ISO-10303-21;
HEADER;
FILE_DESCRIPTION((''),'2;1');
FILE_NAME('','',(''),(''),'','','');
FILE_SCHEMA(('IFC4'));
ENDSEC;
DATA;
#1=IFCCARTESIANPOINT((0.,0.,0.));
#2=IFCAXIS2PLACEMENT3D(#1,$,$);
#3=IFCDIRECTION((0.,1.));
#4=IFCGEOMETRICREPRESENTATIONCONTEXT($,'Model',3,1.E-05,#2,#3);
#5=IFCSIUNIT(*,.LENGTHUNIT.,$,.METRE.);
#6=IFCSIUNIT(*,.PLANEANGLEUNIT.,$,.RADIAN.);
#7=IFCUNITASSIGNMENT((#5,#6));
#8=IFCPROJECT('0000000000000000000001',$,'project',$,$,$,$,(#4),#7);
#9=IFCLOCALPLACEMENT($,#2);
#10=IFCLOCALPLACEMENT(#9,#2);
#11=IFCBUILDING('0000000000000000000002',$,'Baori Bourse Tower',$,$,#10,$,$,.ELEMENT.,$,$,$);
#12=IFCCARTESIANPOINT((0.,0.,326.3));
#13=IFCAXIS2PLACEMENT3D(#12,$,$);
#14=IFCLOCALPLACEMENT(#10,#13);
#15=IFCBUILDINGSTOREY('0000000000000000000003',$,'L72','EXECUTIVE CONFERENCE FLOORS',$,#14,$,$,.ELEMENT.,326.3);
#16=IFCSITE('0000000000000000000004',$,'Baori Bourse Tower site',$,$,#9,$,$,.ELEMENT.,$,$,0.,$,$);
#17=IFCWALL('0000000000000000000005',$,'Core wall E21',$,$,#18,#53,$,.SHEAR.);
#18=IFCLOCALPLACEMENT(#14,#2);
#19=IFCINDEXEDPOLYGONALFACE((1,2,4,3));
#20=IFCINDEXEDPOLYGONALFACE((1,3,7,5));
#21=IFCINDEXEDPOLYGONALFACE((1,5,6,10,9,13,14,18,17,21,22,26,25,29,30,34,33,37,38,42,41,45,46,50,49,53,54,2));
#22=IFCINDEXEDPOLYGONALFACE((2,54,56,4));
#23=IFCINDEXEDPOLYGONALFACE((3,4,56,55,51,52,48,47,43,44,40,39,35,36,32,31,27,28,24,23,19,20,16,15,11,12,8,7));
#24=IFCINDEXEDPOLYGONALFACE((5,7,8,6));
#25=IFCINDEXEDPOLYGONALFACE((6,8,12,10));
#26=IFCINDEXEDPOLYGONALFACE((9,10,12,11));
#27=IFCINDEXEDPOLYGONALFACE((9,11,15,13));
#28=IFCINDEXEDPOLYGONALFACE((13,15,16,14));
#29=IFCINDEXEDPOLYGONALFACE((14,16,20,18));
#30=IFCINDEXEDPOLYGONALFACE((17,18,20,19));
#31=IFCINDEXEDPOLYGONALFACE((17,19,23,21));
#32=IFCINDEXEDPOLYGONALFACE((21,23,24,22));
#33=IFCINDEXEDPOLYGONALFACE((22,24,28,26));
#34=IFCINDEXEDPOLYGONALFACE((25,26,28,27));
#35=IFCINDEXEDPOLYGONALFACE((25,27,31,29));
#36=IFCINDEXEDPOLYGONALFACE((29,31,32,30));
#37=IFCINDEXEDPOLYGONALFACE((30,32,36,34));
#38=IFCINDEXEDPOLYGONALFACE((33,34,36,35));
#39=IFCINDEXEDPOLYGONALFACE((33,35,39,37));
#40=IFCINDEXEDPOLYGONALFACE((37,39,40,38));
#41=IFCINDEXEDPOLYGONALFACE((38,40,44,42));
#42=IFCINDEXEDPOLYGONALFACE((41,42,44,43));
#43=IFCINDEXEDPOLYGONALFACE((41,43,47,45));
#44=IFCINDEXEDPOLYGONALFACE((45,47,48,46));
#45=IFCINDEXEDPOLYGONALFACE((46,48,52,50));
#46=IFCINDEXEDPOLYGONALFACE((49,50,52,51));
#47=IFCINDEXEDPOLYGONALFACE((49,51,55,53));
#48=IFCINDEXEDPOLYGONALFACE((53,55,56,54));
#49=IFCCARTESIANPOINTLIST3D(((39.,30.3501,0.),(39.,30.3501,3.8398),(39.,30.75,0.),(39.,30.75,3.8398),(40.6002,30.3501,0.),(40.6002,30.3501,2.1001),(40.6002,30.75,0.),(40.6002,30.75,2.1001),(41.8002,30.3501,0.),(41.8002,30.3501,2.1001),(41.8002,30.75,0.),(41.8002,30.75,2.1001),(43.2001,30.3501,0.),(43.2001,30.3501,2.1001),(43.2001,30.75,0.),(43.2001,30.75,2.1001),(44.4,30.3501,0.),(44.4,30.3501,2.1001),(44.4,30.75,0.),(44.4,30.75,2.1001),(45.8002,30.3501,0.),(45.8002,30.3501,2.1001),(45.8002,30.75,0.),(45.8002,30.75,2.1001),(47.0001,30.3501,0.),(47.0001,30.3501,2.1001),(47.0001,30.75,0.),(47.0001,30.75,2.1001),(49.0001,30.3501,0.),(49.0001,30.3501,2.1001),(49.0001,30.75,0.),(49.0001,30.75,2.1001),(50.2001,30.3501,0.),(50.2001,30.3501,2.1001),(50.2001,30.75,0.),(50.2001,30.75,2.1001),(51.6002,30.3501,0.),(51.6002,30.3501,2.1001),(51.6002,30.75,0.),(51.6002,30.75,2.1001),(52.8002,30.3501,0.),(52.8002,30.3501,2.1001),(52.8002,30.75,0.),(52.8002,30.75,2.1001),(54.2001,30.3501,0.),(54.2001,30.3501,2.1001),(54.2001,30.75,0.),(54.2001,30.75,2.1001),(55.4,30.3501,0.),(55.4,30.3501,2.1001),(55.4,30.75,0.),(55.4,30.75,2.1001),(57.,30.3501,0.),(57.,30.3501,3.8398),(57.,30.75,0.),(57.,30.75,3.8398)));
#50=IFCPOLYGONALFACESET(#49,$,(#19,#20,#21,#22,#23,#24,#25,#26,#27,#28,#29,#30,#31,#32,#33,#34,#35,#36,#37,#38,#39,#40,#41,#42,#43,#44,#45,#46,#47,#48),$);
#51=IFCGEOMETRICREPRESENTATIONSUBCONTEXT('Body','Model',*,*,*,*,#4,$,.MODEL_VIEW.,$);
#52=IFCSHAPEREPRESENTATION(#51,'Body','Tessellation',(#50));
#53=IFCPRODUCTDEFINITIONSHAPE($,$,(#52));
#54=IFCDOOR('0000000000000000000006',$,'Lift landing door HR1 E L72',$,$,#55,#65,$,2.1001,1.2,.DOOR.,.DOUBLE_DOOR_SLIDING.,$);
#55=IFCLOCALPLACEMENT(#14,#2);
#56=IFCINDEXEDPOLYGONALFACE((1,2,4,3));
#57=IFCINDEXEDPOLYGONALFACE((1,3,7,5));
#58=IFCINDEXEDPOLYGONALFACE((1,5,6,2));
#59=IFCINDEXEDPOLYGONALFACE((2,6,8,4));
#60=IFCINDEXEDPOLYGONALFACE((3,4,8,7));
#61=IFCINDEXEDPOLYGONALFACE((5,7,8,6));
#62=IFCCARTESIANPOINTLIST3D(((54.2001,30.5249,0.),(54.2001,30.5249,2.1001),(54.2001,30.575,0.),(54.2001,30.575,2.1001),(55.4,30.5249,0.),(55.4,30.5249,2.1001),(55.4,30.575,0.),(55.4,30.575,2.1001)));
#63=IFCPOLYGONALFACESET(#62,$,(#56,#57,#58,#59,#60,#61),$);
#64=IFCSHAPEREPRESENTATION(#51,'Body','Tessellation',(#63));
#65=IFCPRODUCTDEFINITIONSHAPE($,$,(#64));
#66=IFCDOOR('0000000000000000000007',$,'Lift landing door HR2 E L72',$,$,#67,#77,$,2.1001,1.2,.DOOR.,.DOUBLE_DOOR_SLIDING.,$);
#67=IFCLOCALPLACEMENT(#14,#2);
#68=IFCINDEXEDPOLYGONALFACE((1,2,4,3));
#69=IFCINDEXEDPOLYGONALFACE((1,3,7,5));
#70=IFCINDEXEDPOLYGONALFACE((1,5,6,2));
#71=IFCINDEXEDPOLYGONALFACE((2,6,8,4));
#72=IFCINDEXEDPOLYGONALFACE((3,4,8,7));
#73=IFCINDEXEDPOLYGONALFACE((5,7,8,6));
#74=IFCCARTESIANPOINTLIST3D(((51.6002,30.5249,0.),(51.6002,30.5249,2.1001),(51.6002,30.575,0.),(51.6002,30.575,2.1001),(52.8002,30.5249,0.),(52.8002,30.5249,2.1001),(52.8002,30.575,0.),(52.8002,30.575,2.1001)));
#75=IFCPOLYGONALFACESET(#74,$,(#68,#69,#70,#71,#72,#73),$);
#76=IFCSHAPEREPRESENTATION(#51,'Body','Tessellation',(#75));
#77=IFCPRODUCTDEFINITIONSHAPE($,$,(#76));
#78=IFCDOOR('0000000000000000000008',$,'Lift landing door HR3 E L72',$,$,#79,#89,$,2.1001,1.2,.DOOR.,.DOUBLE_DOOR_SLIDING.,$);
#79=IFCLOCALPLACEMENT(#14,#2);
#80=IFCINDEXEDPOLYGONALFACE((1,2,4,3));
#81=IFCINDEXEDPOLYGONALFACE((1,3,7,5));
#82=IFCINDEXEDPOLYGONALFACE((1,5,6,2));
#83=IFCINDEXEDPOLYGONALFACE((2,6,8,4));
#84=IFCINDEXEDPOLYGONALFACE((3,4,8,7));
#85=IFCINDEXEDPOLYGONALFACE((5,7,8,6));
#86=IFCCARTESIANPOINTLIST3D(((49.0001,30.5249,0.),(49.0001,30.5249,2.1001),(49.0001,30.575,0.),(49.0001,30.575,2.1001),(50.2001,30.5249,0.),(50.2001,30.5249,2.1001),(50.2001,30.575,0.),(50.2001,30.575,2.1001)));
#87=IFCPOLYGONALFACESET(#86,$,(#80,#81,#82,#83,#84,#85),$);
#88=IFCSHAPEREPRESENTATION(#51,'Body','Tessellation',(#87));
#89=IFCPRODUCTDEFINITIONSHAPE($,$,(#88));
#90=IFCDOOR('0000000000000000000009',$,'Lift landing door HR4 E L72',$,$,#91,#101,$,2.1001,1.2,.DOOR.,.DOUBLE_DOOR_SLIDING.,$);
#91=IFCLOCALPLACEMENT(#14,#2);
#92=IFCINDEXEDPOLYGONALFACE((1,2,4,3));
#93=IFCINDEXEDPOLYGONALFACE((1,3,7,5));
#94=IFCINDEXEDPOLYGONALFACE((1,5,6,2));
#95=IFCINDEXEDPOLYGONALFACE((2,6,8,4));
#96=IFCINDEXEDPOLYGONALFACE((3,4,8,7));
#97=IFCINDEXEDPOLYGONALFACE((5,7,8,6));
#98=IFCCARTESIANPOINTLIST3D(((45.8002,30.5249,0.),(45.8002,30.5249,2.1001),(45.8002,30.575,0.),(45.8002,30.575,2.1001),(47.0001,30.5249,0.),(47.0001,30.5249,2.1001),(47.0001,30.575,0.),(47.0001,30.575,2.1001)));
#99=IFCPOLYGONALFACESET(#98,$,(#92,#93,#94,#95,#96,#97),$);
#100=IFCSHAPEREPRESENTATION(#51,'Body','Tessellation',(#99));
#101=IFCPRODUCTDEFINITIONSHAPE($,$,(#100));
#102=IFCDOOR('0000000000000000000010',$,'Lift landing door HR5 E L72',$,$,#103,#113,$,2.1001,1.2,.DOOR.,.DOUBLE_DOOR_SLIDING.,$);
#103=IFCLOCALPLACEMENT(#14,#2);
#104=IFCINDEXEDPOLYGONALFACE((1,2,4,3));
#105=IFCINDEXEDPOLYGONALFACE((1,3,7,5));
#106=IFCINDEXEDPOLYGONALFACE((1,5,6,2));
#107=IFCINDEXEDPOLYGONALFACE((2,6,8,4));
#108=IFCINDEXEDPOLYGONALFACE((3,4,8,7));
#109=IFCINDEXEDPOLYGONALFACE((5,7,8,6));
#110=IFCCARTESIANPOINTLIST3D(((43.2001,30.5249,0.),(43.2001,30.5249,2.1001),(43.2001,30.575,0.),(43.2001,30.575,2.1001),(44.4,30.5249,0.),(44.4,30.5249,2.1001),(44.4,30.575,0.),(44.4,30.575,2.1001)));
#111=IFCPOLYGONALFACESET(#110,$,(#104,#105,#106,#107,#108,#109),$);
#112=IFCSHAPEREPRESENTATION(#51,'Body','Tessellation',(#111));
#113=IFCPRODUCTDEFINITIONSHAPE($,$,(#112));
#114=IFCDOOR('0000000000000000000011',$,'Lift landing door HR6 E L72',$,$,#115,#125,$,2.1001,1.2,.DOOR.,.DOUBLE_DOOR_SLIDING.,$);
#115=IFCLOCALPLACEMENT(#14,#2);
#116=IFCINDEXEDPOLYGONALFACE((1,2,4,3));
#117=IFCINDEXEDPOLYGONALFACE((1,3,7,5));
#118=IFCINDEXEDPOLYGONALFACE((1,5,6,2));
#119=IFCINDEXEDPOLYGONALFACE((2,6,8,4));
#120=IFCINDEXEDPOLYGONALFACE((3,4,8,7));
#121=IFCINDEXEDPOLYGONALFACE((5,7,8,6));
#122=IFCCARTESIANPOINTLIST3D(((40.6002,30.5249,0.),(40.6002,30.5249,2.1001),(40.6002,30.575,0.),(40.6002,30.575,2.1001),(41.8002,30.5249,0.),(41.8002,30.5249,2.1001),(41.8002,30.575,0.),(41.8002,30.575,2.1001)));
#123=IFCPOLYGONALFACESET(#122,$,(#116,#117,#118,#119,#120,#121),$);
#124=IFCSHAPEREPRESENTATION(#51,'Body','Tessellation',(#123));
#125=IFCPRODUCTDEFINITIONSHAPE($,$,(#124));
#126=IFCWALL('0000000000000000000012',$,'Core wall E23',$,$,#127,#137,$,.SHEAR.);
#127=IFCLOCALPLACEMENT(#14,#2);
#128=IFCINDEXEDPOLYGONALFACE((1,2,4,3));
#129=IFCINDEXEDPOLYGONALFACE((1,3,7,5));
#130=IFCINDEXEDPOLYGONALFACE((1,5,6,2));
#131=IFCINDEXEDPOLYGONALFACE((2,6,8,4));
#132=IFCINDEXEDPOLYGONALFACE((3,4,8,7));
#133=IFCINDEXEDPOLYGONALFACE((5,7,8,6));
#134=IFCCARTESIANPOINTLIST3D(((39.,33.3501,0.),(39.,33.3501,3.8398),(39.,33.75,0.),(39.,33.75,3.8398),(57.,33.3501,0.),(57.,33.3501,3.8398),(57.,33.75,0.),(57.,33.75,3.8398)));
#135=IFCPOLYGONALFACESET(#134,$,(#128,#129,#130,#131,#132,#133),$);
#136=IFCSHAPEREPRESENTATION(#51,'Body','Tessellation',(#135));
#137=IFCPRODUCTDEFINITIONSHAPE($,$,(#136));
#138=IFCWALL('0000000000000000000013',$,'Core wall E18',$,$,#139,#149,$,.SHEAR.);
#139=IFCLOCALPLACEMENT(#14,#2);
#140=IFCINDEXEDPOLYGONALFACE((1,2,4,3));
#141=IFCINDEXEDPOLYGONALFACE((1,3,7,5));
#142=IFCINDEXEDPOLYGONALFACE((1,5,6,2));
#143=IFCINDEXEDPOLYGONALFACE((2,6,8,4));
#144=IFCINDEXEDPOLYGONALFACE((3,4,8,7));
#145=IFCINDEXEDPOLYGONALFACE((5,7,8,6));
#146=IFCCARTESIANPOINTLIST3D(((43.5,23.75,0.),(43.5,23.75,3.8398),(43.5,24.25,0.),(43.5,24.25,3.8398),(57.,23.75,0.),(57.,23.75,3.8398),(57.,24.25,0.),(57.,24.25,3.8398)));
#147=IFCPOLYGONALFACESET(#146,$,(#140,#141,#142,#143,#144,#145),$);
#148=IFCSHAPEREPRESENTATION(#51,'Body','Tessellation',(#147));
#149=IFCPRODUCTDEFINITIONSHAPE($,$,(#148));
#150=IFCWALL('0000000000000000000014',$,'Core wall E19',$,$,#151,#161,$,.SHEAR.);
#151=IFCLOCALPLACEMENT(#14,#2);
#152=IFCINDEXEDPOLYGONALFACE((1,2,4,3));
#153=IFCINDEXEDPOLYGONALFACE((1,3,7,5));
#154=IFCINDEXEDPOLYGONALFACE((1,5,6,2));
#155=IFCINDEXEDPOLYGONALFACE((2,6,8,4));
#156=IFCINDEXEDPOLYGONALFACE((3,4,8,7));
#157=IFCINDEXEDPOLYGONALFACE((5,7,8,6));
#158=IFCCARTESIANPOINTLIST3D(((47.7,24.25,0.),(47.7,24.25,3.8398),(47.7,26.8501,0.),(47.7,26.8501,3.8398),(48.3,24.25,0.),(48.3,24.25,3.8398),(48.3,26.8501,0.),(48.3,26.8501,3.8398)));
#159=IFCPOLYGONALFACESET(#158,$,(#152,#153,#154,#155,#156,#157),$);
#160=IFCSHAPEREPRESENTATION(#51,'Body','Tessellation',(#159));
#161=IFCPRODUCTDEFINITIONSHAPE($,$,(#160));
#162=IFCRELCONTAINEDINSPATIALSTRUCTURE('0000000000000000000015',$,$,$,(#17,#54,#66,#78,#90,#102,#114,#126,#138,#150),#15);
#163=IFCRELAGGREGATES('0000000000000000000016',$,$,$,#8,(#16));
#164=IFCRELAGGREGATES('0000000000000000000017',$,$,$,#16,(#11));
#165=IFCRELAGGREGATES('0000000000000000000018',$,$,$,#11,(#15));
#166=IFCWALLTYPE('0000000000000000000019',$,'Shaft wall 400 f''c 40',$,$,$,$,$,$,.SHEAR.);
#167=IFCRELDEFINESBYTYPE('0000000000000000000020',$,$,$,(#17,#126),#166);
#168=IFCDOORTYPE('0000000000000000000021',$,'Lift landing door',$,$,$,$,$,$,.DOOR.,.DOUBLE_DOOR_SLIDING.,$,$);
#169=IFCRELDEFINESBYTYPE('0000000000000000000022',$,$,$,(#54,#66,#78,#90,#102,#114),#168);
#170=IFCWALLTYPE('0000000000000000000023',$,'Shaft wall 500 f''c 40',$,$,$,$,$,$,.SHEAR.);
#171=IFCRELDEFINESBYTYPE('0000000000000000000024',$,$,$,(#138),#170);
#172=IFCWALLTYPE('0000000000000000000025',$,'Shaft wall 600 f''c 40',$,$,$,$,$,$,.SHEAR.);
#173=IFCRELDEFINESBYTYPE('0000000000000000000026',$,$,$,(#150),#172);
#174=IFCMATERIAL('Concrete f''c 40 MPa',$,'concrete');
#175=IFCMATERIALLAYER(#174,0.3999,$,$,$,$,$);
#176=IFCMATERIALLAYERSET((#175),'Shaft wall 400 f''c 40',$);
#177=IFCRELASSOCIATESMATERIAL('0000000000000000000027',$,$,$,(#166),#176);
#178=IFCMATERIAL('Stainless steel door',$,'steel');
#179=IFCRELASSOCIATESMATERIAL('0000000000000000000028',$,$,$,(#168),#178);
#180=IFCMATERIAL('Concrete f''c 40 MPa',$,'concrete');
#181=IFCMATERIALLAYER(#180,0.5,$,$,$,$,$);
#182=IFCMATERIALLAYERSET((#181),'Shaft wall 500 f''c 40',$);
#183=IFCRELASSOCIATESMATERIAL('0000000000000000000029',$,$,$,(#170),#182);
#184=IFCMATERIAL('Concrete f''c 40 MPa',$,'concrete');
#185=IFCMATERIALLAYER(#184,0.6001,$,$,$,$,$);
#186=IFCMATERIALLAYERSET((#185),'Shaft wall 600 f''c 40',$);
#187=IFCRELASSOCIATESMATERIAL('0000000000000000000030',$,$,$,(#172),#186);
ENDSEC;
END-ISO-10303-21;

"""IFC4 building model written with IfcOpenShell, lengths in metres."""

from ifc_helpers import new_model, si_unit, direction, frame, frame_2d, origin, place, context, subcontext, project, spatial, rectangle, extrude, material, layer, layer_set, type_object, element, fill, save


model = new_model("IFC4")

# Units and contexts
model_context = context("Model", 3, precision=1e-05, world=origin(), true_north=direction((0.0, 1.0)))
body_context = subcontext(model_context, "Body", "Model", "MODEL_VIEW")
ifc_project = project(units=[si_unit("LENGTHUNIT", "METRE"), si_unit("PLANEANGLEUNIT", "RADIAN")], contexts=[model_context])

# Site, building, storey
site_placement = place(None, origin())
site = spatial("IfcSite", under=ifc_project, at=site_placement, Name="Baori Bourse Tower site", CompositionType="ELEMENT", RefElevation=0.0)
building_placement = place(site_placement, origin())
building = spatial("IfcBuilding", under=site, at=building_placement, Name="Baori Bourse Tower", CompositionType="ELEMENT")
storey_placement = place(building_placement, frame((0.0, 0.0, 326.3)))
storey = spatial("IfcBuildingStorey", under=building, at=storey_placement, Name="L72", Description="EXECUTIVE CONFERENCE FLOORS", CompositionType="ELEMENT", Elevation=326.3)

# Shared definitions
ifc_material_1 = material(Name="Concrete f'c 40 MPa", Category="concrete")
ifc_layer_1 = layer(ifc_material_1, 0.3999)
ifc_layer_set_1 = layer_set([ifc_layer_1], Name="Shaft wall 400 f'c 40")
wall_type_1 = type_object("IfcWallType", Name="Shaft wall 400 f'c 40", PredefinedType="SHEAR", material=ifc_layer_set_1)
ifc_material_2 = material(Name="Stainless steel door", Category="steel")
door_type_1 = type_object("IfcDoorType", Name="Lift landing door", OperationType="DOUBLE_DOOR_SLIDING", PredefinedType="DOOR", material=ifc_material_2)

# Wall, openings, doors
wall_1_placement = place(storey_placement, frame((39.0, 30.55, 0.0), z_axis=(0.0, 0.0, 1.0), x_axis=(1.0, 0.0, 0.0)))
wall_1 = element("IfcWall", 1, at=wall_1_placement, inside=storey, type_object=wall_type_1, Name="Core wall E21", PredefinedType="SHEAR", context=body_context, shape_type="SweptSolid", body=[
    extrude(rectangle(XDim=18.0, YDim=0.3999, at=frame_2d((9.0, 0.0))), origin(), (0.0, 0.0, 1.0), 3.8398),
])
opening_1_placement = place(wall_1_placement, frame((15.2, 0.0, 0.0)))
opening_1 = element("IfcOpeningElement", 2, at=opening_1_placement, cuts=wall_1, PredefinedType="OPENING", context=body_context, shape_type="SweptSolid", body=[
    extrude(rectangle(XDim=1.2, YDim=2.1001, at=frame_2d((0.6001, 1.05))), frame((0.0, 0.21, 0.0), z_axis=(0.0, -1.0, 0.0), x_axis=(1.0, 0.0, 0.0)), (0.0, 0.0, 1.0), 0.4199),
])
opening_2_placement = place(wall_1_placement, frame((12.6001, 0.0, 0.0)))
opening_2 = element("IfcOpeningElement", 3, at=opening_2_placement, cuts=wall_1, PredefinedType="OPENING", context=body_context, shape_type="SweptSolid", body=[
    extrude(rectangle(XDim=1.2, YDim=2.1001, at=frame_2d((0.6001, 1.05))), frame((0.0, 0.21, 0.0), z_axis=(0.0, -1.0, 0.0), x_axis=(1.0, 0.0, 0.0)), (0.0, 0.0, 1.0), 0.4199),
])
opening_3_placement = place(wall_1_placement, frame((10.0, 0.0, 0.0)))
opening_3 = element("IfcOpeningElement", 4, at=opening_3_placement, cuts=wall_1, PredefinedType="OPENING", context=body_context, shape_type="SweptSolid", body=[
    extrude(rectangle(XDim=1.2, YDim=2.1001, at=frame_2d((0.6001, 1.05))), frame((0.0, 0.21, 0.0), z_axis=(0.0, -1.0, 0.0), x_axis=(1.0, 0.0, 0.0)), (0.0, 0.0, 1.0), 0.4199),
])
opening_4_placement = place(wall_1_placement, frame((6.8, 0.0, 0.0)))
opening_4 = element("IfcOpeningElement", 5, at=opening_4_placement, cuts=wall_1, PredefinedType="OPENING", context=body_context, shape_type="SweptSolid", body=[
    extrude(rectangle(XDim=1.2, YDim=2.1001, at=frame_2d((0.6001, 1.05))), frame((0.0, 0.21, 0.0), z_axis=(0.0, -1.0, 0.0), x_axis=(1.0, 0.0, 0.0)), (0.0, 0.0, 1.0), 0.4199),
])
opening_5_placement = place(wall_1_placement, frame((4.2, 0.0, 0.0)))
opening_5 = element("IfcOpeningElement", 6, at=opening_5_placement, cuts=wall_1, PredefinedType="OPENING", context=body_context, shape_type="SweptSolid", body=[
    extrude(rectangle(XDim=1.2, YDim=2.1001, at=frame_2d((0.6001, 1.05))), frame((0.0, 0.21, 0.0), z_axis=(0.0, -1.0, 0.0), x_axis=(1.0, 0.0, 0.0)), (0.0, 0.0, 1.0), 0.4199),
])
opening_6_placement = place(wall_1_placement, frame((1.6001, 0.0, 0.0)))
opening_6 = element("IfcOpeningElement", 7, at=opening_6_placement, cuts=wall_1, PredefinedType="OPENING", context=body_context, shape_type="SweptSolid", body=[
    extrude(rectangle(XDim=1.2, YDim=2.1001, at=frame_2d((0.6001, 1.05))), frame((0.0, 0.21, 0.0), z_axis=(0.0, -1.0, 0.0), x_axis=(1.0, 0.0, 0.0)), (0.0, 0.0, 1.0), 0.4199),
])
door_1_placement = place(opening_1_placement, origin())
door_1 = element("IfcDoor", 8, at=door_1_placement, inside=storey, type_object=door_type_1, Name="Lift landing door HR1 E L72", OperationType="DOUBLE_DOOR_SLIDING", OverallHeight=2.1001, OverallWidth=1.2, PredefinedType="DOOR", context=body_context, shape_type="SweptSolid", body=[
    extrude(rectangle(XDim=1.2, YDim=2.1001, at=frame_2d((0.6001, 1.05))), frame((0.0, 0.0249, 0.0), z_axis=(0.0, -1.0, 0.0), x_axis=(1.0, 0.0, 0.0)), (0.0, 0.0, 1.0), 0.05),
])
fill(opening_1, door_1)
door_2_placement = place(opening_2_placement, origin())
door_2 = element("IfcDoor", 9, at=door_2_placement, inside=storey, type_object=door_type_1, Name="Lift landing door HR2 E L72", OperationType="DOUBLE_DOOR_SLIDING", OverallHeight=2.1001, OverallWidth=1.2, PredefinedType="DOOR", context=body_context, shape_type="SweptSolid", body=[
    extrude(rectangle(XDim=1.2, YDim=2.1001, at=frame_2d((0.6001, 1.05))), frame((0.0, 0.0249, 0.0), z_axis=(0.0, -1.0, 0.0), x_axis=(1.0, 0.0, 0.0)), (0.0, 0.0, 1.0), 0.05),
])
fill(opening_2, door_2)
door_3_placement = place(opening_3_placement, origin())
door_3 = element("IfcDoor", 10, at=door_3_placement, inside=storey, type_object=door_type_1, Name="Lift landing door HR3 E L72", OperationType="DOUBLE_DOOR_SLIDING", OverallHeight=2.1001, OverallWidth=1.2, PredefinedType="DOOR", context=body_context, shape_type="SweptSolid", body=[
    extrude(rectangle(XDim=1.2, YDim=2.1001, at=frame_2d((0.6001, 1.05))), frame((0.0, 0.0249, 0.0), z_axis=(0.0, -1.0, 0.0), x_axis=(1.0, 0.0, 0.0)), (0.0, 0.0, 1.0), 0.05),
])
fill(opening_3, door_3)
door_4_placement = place(opening_4_placement, origin())
door_4 = element("IfcDoor", 11, at=door_4_placement, inside=storey, type_object=door_type_1, Name="Lift landing door HR4 E L72", OperationType="DOUBLE_DOOR_SLIDING", OverallHeight=2.1001, OverallWidth=1.2, PredefinedType="DOOR", context=body_context, shape_type="SweptSolid", body=[
    extrude(rectangle(XDim=1.2, YDim=2.1001, at=frame_2d((0.6001, 1.05))), frame((0.0, 0.0249, 0.0), z_axis=(0.0, -1.0, 0.0), x_axis=(1.0, 0.0, 0.0)), (0.0, 0.0, 1.0), 0.05),
])
fill(opening_4, door_4)
door_5_placement = place(opening_5_placement, origin())
door_5 = element("IfcDoor", 12, at=door_5_placement, inside=storey, type_object=door_type_1, Name="Lift landing door HR5 E L72", OperationType="DOUBLE_DOOR_SLIDING", OverallHeight=2.1001, OverallWidth=1.2, PredefinedType="DOOR", context=body_context, shape_type="SweptSolid", body=[
    extrude(rectangle(XDim=1.2, YDim=2.1001, at=frame_2d((0.6001, 1.05))), frame((0.0, 0.0249, 0.0), z_axis=(0.0, -1.0, 0.0), x_axis=(1.0, 0.0, 0.0)), (0.0, 0.0, 1.0), 0.05),
])
fill(opening_5, door_5)
door_6_placement = place(opening_6_placement, origin())
door_6 = element("IfcDoor", 13, at=door_6_placement, inside=storey, type_object=door_type_1, Name="Lift landing door HR6 E L72", OperationType="DOUBLE_DOOR_SLIDING", OverallHeight=2.1001, OverallWidth=1.2, PredefinedType="DOOR", context=body_context, shape_type="SweptSolid", body=[
    extrude(rectangle(XDim=1.2, YDim=2.1001, at=frame_2d((0.6001, 1.05))), frame((0.0, 0.0249, 0.0), z_axis=(0.0, -1.0, 0.0), x_axis=(1.0, 0.0, 0.0)), (0.0, 0.0, 1.0), 0.05),
])
fill(opening_6, door_6)

# Walls
wall_2_placement = place(storey_placement, frame((39.0, 33.55, 0.0), z_axis=(0.0, 0.0, 1.0), x_axis=(1.0, 0.0, 0.0)))
element("IfcWall", 14, at=wall_2_placement, inside=storey, type_object=wall_type_1, Name="Core wall E23", PredefinedType="SHEAR", context=body_context, shape_type="SweptSolid", body=[
    extrude(rectangle(XDim=18.0, YDim=0.3999, at=frame_2d((9.0, 0.0))), origin(), (0.0, 0.0, 1.0), 3.8398),
])
ifc_material_3 = material(Name="Concrete f'c 40 MPa", Category="concrete")
ifc_layer_2 = layer(ifc_material_3, 0.5)
ifc_layer_set_2 = layer_set([ifc_layer_2], Name="Shaft wall 500 f'c 40")
wall_type_2 = type_object("IfcWallType", Name="Shaft wall 500 f'c 40", PredefinedType="SHEAR", material=ifc_layer_set_2)
wall_3_placement = place(storey_placement, frame((43.5, 24.0, 0.0), z_axis=(0.0, 0.0, 1.0), x_axis=(1.0, 0.0, 0.0)))
element("IfcWall", 15, at=wall_3_placement, inside=storey, type_object=wall_type_2, Name="Core wall E18", PredefinedType="SHEAR", context=body_context, shape_type="SweptSolid", body=[
    extrude(rectangle(XDim=13.5, YDim=0.5, at=frame_2d((6.75, 0.0))), origin(), (0.0, 0.0, 1.0), 3.8398),
])
ifc_material_4 = material(Name="Concrete f'c 40 MPa", Category="concrete")
ifc_layer_3 = layer(ifc_material_4, 0.6001)
ifc_layer_set_3 = layer_set([ifc_layer_3], Name="Shaft wall 600 f'c 40")
wall_type_3 = type_object("IfcWallType", Name="Shaft wall 600 f'c 40", PredefinedType="SHEAR", material=ifc_layer_set_3)
for number, where, z_axis, x_axis, name in (
    (16, (48.0, 24.25, 0.0), (0.0, 0.0, 1.0), (0.0, 1.0, 0.0), "Core wall E19"),
):
    element("IfcWall", number, at=place(storey_placement, frame(where, z_axis=z_axis, x_axis=x_axis)), inside=storey, type_object=wall_type_3, Name=name, PredefinedType="SHEAR", context=body_context, shape_type="SweptSolid", body=[
        extrude(rectangle(XDim=2.6001, YDim=0.6001, at=frame_2d((1.3, 0.0))), origin(), (0.0, 0.0, 1.0), 3.8398),
    ])

save(model, "model.ifc")
